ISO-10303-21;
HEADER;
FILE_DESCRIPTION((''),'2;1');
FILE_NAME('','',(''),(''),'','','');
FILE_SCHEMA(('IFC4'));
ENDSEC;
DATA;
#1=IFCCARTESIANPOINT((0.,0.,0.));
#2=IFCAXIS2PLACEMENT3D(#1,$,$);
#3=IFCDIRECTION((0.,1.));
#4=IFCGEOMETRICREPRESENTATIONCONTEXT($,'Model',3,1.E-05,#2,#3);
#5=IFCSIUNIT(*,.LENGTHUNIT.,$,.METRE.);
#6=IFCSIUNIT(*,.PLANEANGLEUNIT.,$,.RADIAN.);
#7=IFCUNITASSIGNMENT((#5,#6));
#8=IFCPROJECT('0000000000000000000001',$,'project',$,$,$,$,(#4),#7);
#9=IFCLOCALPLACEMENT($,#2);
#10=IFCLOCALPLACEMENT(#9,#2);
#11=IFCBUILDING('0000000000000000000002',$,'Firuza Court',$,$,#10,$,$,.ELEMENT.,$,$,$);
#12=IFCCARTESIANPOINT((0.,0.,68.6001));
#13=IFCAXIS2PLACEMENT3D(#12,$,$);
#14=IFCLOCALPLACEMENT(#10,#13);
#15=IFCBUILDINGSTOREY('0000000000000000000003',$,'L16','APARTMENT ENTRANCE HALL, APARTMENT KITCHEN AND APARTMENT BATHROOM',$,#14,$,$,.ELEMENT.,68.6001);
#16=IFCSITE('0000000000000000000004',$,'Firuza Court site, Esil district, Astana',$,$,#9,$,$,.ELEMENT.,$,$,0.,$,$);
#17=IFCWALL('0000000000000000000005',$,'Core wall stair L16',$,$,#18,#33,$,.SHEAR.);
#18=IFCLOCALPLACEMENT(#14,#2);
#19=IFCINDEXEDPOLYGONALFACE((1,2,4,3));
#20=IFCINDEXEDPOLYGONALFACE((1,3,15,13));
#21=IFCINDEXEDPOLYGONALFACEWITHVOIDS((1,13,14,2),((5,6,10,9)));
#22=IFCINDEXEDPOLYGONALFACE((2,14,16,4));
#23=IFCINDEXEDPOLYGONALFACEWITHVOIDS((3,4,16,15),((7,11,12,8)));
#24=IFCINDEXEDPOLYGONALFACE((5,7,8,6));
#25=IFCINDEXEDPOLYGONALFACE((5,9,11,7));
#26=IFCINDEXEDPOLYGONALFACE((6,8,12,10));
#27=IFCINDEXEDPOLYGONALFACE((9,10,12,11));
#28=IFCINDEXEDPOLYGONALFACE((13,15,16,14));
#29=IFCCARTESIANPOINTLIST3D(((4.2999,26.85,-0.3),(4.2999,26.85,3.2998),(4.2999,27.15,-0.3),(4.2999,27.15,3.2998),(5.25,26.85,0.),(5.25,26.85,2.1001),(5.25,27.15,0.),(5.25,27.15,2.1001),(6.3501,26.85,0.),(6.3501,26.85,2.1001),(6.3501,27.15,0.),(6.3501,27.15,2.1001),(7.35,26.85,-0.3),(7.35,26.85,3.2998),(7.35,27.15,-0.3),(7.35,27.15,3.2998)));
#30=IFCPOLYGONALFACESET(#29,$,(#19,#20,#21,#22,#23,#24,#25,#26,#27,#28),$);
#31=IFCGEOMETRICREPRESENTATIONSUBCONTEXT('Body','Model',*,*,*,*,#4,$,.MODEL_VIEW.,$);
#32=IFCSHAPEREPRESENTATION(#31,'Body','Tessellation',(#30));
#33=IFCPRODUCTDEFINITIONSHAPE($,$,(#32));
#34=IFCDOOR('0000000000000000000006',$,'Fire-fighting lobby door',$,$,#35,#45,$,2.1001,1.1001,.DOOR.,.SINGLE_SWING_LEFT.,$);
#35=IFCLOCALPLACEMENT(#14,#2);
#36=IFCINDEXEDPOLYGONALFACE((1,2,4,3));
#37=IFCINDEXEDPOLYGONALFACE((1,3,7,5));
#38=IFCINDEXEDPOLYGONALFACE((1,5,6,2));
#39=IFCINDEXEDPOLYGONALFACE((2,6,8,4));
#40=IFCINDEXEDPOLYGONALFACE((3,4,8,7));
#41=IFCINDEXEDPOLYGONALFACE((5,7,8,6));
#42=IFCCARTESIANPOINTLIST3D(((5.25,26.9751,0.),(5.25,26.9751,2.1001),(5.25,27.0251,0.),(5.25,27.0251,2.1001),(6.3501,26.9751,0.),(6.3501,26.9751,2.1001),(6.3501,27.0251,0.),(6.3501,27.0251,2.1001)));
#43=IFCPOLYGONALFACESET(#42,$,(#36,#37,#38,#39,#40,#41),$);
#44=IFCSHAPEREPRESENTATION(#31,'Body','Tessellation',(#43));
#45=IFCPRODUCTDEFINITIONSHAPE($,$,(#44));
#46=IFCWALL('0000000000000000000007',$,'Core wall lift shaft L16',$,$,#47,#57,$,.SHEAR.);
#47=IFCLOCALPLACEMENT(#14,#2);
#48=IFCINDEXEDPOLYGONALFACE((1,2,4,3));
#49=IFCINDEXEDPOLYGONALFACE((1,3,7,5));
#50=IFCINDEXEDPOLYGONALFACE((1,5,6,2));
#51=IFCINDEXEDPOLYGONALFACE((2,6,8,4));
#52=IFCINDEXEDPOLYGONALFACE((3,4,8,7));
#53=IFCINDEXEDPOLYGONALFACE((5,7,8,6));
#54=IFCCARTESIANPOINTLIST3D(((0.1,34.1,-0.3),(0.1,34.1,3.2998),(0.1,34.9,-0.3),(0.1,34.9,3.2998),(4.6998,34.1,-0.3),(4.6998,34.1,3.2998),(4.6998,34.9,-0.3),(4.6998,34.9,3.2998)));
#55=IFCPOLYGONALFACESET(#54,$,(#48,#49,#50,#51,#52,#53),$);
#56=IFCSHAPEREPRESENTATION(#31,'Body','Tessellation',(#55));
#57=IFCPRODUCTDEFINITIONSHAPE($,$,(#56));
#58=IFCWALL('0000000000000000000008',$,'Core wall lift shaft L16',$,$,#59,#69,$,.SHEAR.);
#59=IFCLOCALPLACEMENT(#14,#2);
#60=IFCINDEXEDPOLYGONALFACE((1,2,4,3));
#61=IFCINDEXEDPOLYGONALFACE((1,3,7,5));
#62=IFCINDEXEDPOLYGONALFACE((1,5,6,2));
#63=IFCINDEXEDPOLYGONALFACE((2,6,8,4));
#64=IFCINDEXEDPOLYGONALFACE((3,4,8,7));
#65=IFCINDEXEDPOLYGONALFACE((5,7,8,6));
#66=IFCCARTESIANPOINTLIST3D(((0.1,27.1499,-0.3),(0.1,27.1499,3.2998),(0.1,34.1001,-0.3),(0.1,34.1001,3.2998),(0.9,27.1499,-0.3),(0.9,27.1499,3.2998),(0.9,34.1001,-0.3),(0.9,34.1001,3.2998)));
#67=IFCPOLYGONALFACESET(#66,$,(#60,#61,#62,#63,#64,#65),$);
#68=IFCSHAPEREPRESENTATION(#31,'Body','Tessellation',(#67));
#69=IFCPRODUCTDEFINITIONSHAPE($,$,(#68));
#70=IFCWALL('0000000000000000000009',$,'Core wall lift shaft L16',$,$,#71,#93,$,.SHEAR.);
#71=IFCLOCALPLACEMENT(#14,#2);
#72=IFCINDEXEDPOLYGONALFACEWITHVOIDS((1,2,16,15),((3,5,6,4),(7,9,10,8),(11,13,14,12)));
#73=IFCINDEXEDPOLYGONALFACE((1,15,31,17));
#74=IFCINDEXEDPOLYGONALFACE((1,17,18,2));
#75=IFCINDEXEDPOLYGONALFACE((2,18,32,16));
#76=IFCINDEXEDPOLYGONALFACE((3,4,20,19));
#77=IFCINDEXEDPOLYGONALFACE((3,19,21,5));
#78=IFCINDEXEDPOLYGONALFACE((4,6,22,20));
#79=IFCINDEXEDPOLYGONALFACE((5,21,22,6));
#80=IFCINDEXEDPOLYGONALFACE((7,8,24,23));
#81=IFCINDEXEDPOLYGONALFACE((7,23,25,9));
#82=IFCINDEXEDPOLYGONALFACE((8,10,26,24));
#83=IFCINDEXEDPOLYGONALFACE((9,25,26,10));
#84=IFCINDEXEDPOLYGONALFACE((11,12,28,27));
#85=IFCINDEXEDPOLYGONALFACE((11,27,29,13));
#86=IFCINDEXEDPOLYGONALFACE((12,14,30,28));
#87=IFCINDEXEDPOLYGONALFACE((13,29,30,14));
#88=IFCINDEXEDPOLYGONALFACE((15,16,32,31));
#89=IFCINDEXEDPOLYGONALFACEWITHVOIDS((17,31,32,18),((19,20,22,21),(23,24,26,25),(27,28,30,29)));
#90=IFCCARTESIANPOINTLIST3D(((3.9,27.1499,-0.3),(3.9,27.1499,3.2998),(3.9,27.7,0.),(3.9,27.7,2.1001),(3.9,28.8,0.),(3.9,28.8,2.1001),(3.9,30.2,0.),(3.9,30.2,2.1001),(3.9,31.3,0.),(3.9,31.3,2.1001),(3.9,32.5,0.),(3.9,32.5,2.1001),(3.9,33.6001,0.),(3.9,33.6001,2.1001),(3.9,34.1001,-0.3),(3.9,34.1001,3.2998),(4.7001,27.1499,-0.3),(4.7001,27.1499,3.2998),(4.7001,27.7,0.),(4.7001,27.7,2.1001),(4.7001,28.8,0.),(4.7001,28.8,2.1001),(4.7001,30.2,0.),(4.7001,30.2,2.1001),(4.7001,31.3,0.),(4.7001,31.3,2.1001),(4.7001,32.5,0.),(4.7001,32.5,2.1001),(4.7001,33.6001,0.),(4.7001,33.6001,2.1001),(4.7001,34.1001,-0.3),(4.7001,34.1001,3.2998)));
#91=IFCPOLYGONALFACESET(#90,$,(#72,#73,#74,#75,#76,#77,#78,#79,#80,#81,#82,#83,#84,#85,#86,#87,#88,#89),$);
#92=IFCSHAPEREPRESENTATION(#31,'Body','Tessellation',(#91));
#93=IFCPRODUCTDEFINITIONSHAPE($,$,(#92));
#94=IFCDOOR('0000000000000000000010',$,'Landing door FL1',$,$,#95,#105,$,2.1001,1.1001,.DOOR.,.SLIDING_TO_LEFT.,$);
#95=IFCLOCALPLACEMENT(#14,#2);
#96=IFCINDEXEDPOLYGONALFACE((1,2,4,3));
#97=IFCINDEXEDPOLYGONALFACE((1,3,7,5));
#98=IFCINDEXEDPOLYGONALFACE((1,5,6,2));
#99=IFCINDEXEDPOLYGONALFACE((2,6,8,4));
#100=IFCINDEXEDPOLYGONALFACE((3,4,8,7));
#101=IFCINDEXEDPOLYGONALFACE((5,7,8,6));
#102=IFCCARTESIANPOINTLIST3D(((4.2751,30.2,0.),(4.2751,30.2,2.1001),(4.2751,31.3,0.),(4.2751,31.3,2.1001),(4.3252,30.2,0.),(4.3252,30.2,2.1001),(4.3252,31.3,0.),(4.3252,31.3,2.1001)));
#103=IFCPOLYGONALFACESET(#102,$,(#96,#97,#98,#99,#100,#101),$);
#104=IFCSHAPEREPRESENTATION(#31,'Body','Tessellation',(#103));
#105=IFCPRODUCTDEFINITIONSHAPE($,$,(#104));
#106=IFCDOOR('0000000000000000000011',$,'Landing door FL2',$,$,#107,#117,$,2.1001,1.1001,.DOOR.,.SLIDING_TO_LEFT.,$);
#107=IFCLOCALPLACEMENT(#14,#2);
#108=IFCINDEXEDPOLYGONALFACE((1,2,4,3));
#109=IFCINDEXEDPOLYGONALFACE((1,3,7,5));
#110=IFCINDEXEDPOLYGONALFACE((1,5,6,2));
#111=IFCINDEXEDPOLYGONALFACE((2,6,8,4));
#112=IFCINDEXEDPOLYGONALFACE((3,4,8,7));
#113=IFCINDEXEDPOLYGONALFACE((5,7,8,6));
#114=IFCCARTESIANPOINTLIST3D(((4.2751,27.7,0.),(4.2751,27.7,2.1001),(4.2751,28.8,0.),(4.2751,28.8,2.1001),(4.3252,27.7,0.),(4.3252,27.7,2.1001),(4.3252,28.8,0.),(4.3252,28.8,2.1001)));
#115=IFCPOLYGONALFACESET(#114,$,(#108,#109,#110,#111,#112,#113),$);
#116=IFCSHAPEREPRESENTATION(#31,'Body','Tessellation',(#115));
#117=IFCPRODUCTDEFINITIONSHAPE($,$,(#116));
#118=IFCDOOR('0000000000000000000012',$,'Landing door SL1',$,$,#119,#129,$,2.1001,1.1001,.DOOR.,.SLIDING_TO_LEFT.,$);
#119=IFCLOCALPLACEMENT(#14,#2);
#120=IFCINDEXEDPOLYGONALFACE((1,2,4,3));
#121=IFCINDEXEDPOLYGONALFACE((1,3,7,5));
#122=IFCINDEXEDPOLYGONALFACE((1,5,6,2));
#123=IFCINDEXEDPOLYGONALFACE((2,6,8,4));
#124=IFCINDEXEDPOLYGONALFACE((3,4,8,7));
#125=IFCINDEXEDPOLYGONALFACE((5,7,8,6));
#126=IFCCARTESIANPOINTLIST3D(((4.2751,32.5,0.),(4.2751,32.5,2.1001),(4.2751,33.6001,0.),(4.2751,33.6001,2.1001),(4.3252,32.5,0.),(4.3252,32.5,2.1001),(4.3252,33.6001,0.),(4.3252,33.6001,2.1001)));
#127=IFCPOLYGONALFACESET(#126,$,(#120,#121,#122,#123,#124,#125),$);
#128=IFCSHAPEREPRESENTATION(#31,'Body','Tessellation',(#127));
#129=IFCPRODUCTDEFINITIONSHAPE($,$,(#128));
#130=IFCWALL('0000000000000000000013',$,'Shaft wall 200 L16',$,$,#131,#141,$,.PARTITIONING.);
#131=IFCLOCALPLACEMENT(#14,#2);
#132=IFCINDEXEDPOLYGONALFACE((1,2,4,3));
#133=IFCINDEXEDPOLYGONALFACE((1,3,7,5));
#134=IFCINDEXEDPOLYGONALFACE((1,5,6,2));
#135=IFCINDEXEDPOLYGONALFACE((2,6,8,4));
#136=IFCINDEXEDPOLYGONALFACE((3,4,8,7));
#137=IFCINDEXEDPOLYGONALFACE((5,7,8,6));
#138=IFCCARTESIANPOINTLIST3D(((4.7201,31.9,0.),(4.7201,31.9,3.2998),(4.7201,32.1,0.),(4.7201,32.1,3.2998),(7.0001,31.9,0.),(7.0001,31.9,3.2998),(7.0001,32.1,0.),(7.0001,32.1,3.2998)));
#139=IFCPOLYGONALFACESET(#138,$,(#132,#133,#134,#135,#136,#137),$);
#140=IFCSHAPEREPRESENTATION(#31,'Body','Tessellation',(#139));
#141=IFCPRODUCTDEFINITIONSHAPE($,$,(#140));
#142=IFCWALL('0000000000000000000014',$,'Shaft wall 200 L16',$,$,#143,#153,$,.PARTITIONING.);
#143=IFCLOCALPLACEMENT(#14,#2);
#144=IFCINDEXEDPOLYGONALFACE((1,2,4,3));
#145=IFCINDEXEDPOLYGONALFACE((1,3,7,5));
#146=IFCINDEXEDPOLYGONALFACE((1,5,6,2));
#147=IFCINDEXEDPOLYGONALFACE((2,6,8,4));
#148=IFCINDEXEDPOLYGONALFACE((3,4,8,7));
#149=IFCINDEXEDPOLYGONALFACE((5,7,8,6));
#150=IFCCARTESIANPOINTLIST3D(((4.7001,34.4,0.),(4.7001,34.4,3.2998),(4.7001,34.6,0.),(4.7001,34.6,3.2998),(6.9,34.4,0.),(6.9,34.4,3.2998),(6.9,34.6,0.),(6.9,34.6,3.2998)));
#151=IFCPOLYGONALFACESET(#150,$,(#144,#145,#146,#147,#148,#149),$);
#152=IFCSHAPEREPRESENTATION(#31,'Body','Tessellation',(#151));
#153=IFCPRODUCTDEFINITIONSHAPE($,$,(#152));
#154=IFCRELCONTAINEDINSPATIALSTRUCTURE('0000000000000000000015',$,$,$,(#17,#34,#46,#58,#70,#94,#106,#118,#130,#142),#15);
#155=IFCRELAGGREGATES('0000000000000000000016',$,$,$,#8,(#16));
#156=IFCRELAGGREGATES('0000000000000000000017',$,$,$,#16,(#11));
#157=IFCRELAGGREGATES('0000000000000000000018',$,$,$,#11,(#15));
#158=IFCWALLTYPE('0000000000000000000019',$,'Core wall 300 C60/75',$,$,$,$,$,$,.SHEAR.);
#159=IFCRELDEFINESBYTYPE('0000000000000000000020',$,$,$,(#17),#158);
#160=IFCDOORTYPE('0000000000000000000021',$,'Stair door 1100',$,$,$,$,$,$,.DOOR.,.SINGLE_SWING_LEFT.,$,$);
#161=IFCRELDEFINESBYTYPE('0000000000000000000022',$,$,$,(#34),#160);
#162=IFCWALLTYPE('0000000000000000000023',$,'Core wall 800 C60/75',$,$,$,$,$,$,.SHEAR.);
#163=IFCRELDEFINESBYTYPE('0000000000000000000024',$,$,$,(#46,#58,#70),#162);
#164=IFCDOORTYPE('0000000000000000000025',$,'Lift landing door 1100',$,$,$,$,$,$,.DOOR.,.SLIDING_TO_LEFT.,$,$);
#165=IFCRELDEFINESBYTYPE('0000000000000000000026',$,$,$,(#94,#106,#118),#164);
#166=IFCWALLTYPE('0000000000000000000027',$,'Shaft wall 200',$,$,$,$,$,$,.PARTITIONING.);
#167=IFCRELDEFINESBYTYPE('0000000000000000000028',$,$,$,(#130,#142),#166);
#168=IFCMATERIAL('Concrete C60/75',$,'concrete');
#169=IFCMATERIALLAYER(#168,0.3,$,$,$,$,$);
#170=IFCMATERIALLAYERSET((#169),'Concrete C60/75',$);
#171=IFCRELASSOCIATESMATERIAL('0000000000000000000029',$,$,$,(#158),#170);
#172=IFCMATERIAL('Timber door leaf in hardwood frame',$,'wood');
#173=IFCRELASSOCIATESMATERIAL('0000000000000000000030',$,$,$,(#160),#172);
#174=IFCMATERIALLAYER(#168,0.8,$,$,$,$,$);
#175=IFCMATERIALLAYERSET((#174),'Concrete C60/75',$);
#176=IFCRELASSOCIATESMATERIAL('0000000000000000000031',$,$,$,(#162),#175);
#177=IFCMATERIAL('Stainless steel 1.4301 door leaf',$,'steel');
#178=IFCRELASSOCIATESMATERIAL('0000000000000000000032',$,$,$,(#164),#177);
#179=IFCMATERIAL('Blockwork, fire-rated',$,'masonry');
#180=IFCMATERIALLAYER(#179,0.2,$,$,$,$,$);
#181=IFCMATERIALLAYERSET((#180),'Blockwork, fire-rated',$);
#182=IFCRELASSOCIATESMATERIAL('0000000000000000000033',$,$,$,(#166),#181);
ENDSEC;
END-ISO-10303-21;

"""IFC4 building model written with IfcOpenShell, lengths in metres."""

from ifc_helpers import new_model, si_unit, direction, frame, frame_2d, origin, place, context, subcontext, project, spatial, rectangle, extrude, material, layer, layer_set, type_object, element, fill, save


model = new_model("IFC4")

# Units and contexts
model_context = context("Model", 3, precision=1e-05, world=origin(), true_north=direction((0.0, 1.0)))
body_context = subcontext(model_context, "Body", "Model", "MODEL_VIEW")
ifc_project = project(units=[si_unit("LENGTHUNIT", "METRE"), si_unit("PLANEANGLEUNIT", "RADIAN")], contexts=[model_context])

# Site, building, storey
site_placement = place(None, origin())
site = spatial("IfcSite", under=ifc_project, at=site_placement, Name="Firuza Court site, Esil district, Astana", CompositionType="ELEMENT", RefElevation=0.0)
building_placement = place(site_placement, origin())
building = spatial("IfcBuilding", under=site, at=building_placement, Name="Firuza Court", CompositionType="ELEMENT")
storey_placement = place(building_placement, frame((0.0, 0.0, 68.6001)))
storey = spatial("IfcBuildingStorey", under=building, at=storey_placement, Name="L16", Description="APARTMENT ENTRANCE HALL, APARTMENT KITCHEN AND APARTMENT BATHROOM", CompositionType="ELEMENT", Elevation=68.6001)

# Shared definitions
ifc_material_1 = material(Name="Concrete C60/75", Category="concrete")
ifc_layer_1 = layer(ifc_material_1, 0.3)
ifc_layer_set_1 = layer_set([ifc_layer_1], Name="Concrete C60/75")
wall_type_1 = type_object("IfcWallType", Name="Core wall 300 C60/75", PredefinedType="SHEAR", material=ifc_layer_set_1)

# Wall, opening, door
wall_1_placement = place(storey_placement, frame((4.3, 27.0, -0.3), z_axis=(0.0, 0.0, 1.0), x_axis=(1.0, 0.0, 0.0)))
wall_1 = element("IfcWall", 1, at=wall_1_placement, inside=storey, type_object=wall_type_1, Name="Core wall stair L16", PredefinedType="SHEAR", context=body_context, shape_type="SweptSolid", body=[
    extrude(rectangle(XDim=3.05, YDim=0.3, at=frame_2d((1.5249, 0.0))), origin(), (0.0, 0.0, 1.0), 3.5999),
])
opening_1_placement = place(wall_1_placement, frame((0.95, 0.0, 0.3)))
opening_1 = element("IfcOpeningElement", 2, at=opening_1_placement, cuts=wall_1, PredefinedType="OPENING", context=body_context, shape_type="SweptSolid", body=[
    extrude(rectangle(XDim=1.1001, YDim=2.1001, at=frame_2d((0.55, 1.05))), frame((0.0, 0.1621, 0.0), z_axis=(0.0, -1.0, 0.0), x_axis=(1.0, 0.0, 0.0)), (0.0, 0.0, 1.0), 0.324),
])
ifc_material_2 = material(Name="Timber door leaf in hardwood frame", Category="wood")
door_type_1 = type_object("IfcDoorType", Name="Stair door 1100", OperationType="SINGLE_SWING_LEFT", PredefinedType="DOOR", material=ifc_material_2)
door_1_placement = place(opening_1_placement, frame((1.1001, 0.0, 0.0), z_axis=(0.0, 0.0, 1.0), x_axis=(-1.0, 0.0, 0.0)))
door_1 = element("IfcDoor", 3, at=door_1_placement, inside=storey, type_object=door_type_1, Name="Fire-fighting lobby door", OperationType="SINGLE_SWING_LEFT", OverallHeight=2.1001, OverallWidth=1.1001, PredefinedType="DOOR", context=body_context, shape_type="SweptSolid", body=[
    extrude(rectangle(XDim=1.1001, YDim=2.1001, at=frame_2d((0.55, 1.05))), frame((0.0, 0.0249, 0.0), z_axis=(0.0, -1.0, 0.0), x_axis=(1.0, 0.0, 0.0)), (0.0, 0.0, 1.0), 0.05),
])
fill(opening_1, door_1)

# Walls
ifc_layer_2 = layer(ifc_material_1, 0.8)
ifc_layer_set_2 = layer_set([ifc_layer_2], Name="Concrete C60/75")
wall_type_2 = type_object("IfcWallType", Name="Core wall 800 C60/75", PredefinedType="SHEAR", material=ifc_layer_set_2)
wall_2_placement = place(storey_placement, frame((0.1001, 34.5, -0.3), z_axis=(0.0, 0.0, 1.0), x_axis=(1.0, 0.0, 0.0)))
element("IfcWall", 4, at=wall_2_placement, inside=storey, type_object=wall_type_2, Name="Core wall lift shaft L16", PredefinedType="SHEAR", context=body_context, shape_type="SweptSolid", body=[
    extrude(rectangle(XDim=4.5999, YDim=0.8, at=frame_2d((2.2998, 0.0))), origin(), (0.0, 0.0, 1.0), 3.5999),
])
wall_3_placement = place(storey_placement, frame((0.5, 27.1499, -0.3), z_axis=(0.0, 0.0, 1.0), x_axis=(0.0, 1.0, 0.0)))
element("IfcWall", 5, at=wall_3_placement, inside=storey, type_object=wall_type_2, Name="Core wall lift shaft L16", PredefinedType="SHEAR", context=body_context, shape_type="SweptSolid", body=[
    extrude(rectangle(XDim=6.9502, YDim=0.8, at=frame_2d((3.4751, 0.0))), origin(), (0.0, 0.0, 1.0), 3.5999),
])

# Wall, openings, doors
wall_4_placement = place(storey_placement, frame((4.3, 27.1499, -0.3), z_axis=(0.0, 0.0, 1.0), x_axis=(0.0, 1.0, 0.0)))
wall_4 = element("IfcWall", 6, at=wall_4_placement, inside=storey, type_object=wall_type_2, Name="Core wall lift shaft L16", PredefinedType="SHEAR", context=body_context, shape_type="SweptSolid", body=[
    extrude(rectangle(XDim=6.9502, YDim=0.8, at=frame_2d((3.4751, 0.0))), origin(), (0.0, 0.0, 1.0), 3.5999),
])
opening_2_placement = place(wall_4_placement, frame((3.05, 0.0, 0.3)))
opening_2 = element("IfcOpeningElement", 7, at=opening_2_placement, cuts=wall_4, PredefinedType="OPENING", context=body_context, shape_type="SweptSolid", body=[
    extrude(rectangle(XDim=1.1001, YDim=2.1001, at=frame_2d((0.55, 1.05))), frame((0.0, 0.4121, 0.0), z_axis=(0.0, -1.0, 0.0), x_axis=(1.0, 0.0, 0.0)), (0.0, 0.0, 1.0), 0.824),
])
opening_3_placement = place(wall_4_placement, frame((0.55, 0.0, 0.3)))
opening_3 = element("IfcOpeningElement", 8, at=opening_3_placement, cuts=wall_4, PredefinedType="OPENING", context=body_context, shape_type="SweptSolid", body=[
    extrude(rectangle(XDim=1.1001, YDim=2.1001, at=frame_2d((0.55, 1.05))), frame((0.0, 0.4121, 0.0), z_axis=(0.0, -1.0, 0.0), x_axis=(1.0, 0.0, 0.0)), (0.0, 0.0, 1.0), 0.824),
])
opening_4_placement = place(wall_4_placement, frame((5.3501, 0.0, 0.3)))
opening_4 = element("IfcOpeningElement", 9, at=opening_4_placement, cuts=wall_4, PredefinedType="OPENING", context=body_context, shape_type="SweptSolid", body=[
    extrude(rectangle(XDim=1.1001, YDim=2.1001, at=frame_2d((0.55, 1.05))), frame((0.0, 0.4121, 0.0), z_axis=(0.0, -1.0, 0.0), x_axis=(1.0, 0.0, 0.0)), (0.0, 0.0, 1.0), 0.824),
])
ifc_material_3 = material(Name="Stainless steel 1.4301 door leaf", Category="steel")
door_type_2 = type_object("IfcDoorType", Name="Lift landing door 1100", OperationType="SLIDING_TO_LEFT", PredefinedType="DOOR", material=ifc_material_3)
door_2_placement = place(opening_2_placement, origin())
door_2 = element("IfcDoor", 10, at=door_2_placement, inside=storey, type_object=door_type_2, Name="Landing door FL1", OperationType="SLIDING_TO_LEFT", OverallHeight=2.1001, OverallWidth=1.1001, PredefinedType="DOOR", context=body_context, shape_type="SweptSolid", body=[
    extrude(rectangle(XDim=1.1001, YDim=2.1001, at=frame_2d((0.55, 1.05))), frame((0.0, 0.0249, 0.0), z_axis=(0.0, -1.0, 0.0), x_axis=(1.0, 0.0, 0.0)), (0.0, 0.0, 1.0), 0.05),
])
fill(opening_2, door_2)
door_3_placement = place(opening_3_placement, origin())
door_3 = element("IfcDoor", 11, at=door_3_placement, inside=storey, type_object=door_type_2, Name="Landing door FL2", OperationType="SLIDING_TO_LEFT", OverallHeight=2.1001, OverallWidth=1.1001, PredefinedType="DOOR", context=body_context, shape_type="SweptSolid", body=[
    extrude(rectangle(XDim=1.1001, YDim=2.1001, at=frame_2d((0.55, 1.05))), frame((0.0, 0.0249, 0.0), z_axis=(0.0, -1.0, 0.0), x_axis=(1.0, 0.0, 0.0)), (0.0, 0.0, 1.0), 0.05),
])
fill(opening_3, door_3)
door_4_placement = place(opening_4_placement, origin())
door_4 = element("IfcDoor", 12, at=door_4_placement, inside=storey, type_object=door_type_2, Name="Landing door SL1", OperationType="SLIDING_TO_LEFT", OverallHeight=2.1001, OverallWidth=1.1001, PredefinedType="DOOR", context=body_context, shape_type="SweptSolid", body=[
    extrude(rectangle(XDim=1.1001, YDim=2.1001, at=frame_2d((0.55, 1.05))), frame((0.0, 0.0249, 0.0), z_axis=(0.0, -1.0, 0.0), x_axis=(1.0, 0.0, 0.0)), (0.0, 0.0, 1.0), 0.05),
])
fill(opening_4, door_4)

# Walls
ifc_material_4 = material(Name="Blockwork, fire-rated", Category="masonry")
ifc_layer_3 = layer(ifc_material_4, 0.2)
ifc_layer_set_3 = layer_set([ifc_layer_3], Name="Blockwork, fire-rated")
wall_type_3 = type_object("IfcWallType", Name="Shaft wall 200", PredefinedType="PARTITIONING", material=ifc_layer_set_3)
wall_5_placement = place(storey_placement, frame((4.72, 32.0, 0.0), z_axis=(0.0, 0.0, 1.0), x_axis=(1.0, 0.0, 0.0)))
element("IfcWall", 13, at=wall_5_placement, inside=storey, type_object=wall_type_3, Name="Shaft wall 200 L16", PredefinedType="PARTITIONING", context=body_context, shape_type="SweptSolid", body=[
    extrude(rectangle(XDim=2.28, YDim=0.2, at=frame_2d((1.1401, 0.0))), origin(), (0.0, 0.0, 1.0), 3.2998),
])
wall_6_placement = place(storey_placement, frame((4.7, 34.5, 0.0), z_axis=(0.0, 0.0, 1.0), x_axis=(1.0, 0.0, 0.0)))
element("IfcWall", 14, at=wall_6_placement, inside=storey, type_object=wall_type_3, Name="Shaft wall 200 L16", PredefinedType="PARTITIONING", context=body_context, shape_type="SweptSolid", body=[
    extrude(rectangle(XDim=2.2, YDim=0.2, at=frame_2d((1.1001, 0.0))), origin(), (0.0, 0.0, 1.0), 3.2998),
])

save(model, "model.ifc")
